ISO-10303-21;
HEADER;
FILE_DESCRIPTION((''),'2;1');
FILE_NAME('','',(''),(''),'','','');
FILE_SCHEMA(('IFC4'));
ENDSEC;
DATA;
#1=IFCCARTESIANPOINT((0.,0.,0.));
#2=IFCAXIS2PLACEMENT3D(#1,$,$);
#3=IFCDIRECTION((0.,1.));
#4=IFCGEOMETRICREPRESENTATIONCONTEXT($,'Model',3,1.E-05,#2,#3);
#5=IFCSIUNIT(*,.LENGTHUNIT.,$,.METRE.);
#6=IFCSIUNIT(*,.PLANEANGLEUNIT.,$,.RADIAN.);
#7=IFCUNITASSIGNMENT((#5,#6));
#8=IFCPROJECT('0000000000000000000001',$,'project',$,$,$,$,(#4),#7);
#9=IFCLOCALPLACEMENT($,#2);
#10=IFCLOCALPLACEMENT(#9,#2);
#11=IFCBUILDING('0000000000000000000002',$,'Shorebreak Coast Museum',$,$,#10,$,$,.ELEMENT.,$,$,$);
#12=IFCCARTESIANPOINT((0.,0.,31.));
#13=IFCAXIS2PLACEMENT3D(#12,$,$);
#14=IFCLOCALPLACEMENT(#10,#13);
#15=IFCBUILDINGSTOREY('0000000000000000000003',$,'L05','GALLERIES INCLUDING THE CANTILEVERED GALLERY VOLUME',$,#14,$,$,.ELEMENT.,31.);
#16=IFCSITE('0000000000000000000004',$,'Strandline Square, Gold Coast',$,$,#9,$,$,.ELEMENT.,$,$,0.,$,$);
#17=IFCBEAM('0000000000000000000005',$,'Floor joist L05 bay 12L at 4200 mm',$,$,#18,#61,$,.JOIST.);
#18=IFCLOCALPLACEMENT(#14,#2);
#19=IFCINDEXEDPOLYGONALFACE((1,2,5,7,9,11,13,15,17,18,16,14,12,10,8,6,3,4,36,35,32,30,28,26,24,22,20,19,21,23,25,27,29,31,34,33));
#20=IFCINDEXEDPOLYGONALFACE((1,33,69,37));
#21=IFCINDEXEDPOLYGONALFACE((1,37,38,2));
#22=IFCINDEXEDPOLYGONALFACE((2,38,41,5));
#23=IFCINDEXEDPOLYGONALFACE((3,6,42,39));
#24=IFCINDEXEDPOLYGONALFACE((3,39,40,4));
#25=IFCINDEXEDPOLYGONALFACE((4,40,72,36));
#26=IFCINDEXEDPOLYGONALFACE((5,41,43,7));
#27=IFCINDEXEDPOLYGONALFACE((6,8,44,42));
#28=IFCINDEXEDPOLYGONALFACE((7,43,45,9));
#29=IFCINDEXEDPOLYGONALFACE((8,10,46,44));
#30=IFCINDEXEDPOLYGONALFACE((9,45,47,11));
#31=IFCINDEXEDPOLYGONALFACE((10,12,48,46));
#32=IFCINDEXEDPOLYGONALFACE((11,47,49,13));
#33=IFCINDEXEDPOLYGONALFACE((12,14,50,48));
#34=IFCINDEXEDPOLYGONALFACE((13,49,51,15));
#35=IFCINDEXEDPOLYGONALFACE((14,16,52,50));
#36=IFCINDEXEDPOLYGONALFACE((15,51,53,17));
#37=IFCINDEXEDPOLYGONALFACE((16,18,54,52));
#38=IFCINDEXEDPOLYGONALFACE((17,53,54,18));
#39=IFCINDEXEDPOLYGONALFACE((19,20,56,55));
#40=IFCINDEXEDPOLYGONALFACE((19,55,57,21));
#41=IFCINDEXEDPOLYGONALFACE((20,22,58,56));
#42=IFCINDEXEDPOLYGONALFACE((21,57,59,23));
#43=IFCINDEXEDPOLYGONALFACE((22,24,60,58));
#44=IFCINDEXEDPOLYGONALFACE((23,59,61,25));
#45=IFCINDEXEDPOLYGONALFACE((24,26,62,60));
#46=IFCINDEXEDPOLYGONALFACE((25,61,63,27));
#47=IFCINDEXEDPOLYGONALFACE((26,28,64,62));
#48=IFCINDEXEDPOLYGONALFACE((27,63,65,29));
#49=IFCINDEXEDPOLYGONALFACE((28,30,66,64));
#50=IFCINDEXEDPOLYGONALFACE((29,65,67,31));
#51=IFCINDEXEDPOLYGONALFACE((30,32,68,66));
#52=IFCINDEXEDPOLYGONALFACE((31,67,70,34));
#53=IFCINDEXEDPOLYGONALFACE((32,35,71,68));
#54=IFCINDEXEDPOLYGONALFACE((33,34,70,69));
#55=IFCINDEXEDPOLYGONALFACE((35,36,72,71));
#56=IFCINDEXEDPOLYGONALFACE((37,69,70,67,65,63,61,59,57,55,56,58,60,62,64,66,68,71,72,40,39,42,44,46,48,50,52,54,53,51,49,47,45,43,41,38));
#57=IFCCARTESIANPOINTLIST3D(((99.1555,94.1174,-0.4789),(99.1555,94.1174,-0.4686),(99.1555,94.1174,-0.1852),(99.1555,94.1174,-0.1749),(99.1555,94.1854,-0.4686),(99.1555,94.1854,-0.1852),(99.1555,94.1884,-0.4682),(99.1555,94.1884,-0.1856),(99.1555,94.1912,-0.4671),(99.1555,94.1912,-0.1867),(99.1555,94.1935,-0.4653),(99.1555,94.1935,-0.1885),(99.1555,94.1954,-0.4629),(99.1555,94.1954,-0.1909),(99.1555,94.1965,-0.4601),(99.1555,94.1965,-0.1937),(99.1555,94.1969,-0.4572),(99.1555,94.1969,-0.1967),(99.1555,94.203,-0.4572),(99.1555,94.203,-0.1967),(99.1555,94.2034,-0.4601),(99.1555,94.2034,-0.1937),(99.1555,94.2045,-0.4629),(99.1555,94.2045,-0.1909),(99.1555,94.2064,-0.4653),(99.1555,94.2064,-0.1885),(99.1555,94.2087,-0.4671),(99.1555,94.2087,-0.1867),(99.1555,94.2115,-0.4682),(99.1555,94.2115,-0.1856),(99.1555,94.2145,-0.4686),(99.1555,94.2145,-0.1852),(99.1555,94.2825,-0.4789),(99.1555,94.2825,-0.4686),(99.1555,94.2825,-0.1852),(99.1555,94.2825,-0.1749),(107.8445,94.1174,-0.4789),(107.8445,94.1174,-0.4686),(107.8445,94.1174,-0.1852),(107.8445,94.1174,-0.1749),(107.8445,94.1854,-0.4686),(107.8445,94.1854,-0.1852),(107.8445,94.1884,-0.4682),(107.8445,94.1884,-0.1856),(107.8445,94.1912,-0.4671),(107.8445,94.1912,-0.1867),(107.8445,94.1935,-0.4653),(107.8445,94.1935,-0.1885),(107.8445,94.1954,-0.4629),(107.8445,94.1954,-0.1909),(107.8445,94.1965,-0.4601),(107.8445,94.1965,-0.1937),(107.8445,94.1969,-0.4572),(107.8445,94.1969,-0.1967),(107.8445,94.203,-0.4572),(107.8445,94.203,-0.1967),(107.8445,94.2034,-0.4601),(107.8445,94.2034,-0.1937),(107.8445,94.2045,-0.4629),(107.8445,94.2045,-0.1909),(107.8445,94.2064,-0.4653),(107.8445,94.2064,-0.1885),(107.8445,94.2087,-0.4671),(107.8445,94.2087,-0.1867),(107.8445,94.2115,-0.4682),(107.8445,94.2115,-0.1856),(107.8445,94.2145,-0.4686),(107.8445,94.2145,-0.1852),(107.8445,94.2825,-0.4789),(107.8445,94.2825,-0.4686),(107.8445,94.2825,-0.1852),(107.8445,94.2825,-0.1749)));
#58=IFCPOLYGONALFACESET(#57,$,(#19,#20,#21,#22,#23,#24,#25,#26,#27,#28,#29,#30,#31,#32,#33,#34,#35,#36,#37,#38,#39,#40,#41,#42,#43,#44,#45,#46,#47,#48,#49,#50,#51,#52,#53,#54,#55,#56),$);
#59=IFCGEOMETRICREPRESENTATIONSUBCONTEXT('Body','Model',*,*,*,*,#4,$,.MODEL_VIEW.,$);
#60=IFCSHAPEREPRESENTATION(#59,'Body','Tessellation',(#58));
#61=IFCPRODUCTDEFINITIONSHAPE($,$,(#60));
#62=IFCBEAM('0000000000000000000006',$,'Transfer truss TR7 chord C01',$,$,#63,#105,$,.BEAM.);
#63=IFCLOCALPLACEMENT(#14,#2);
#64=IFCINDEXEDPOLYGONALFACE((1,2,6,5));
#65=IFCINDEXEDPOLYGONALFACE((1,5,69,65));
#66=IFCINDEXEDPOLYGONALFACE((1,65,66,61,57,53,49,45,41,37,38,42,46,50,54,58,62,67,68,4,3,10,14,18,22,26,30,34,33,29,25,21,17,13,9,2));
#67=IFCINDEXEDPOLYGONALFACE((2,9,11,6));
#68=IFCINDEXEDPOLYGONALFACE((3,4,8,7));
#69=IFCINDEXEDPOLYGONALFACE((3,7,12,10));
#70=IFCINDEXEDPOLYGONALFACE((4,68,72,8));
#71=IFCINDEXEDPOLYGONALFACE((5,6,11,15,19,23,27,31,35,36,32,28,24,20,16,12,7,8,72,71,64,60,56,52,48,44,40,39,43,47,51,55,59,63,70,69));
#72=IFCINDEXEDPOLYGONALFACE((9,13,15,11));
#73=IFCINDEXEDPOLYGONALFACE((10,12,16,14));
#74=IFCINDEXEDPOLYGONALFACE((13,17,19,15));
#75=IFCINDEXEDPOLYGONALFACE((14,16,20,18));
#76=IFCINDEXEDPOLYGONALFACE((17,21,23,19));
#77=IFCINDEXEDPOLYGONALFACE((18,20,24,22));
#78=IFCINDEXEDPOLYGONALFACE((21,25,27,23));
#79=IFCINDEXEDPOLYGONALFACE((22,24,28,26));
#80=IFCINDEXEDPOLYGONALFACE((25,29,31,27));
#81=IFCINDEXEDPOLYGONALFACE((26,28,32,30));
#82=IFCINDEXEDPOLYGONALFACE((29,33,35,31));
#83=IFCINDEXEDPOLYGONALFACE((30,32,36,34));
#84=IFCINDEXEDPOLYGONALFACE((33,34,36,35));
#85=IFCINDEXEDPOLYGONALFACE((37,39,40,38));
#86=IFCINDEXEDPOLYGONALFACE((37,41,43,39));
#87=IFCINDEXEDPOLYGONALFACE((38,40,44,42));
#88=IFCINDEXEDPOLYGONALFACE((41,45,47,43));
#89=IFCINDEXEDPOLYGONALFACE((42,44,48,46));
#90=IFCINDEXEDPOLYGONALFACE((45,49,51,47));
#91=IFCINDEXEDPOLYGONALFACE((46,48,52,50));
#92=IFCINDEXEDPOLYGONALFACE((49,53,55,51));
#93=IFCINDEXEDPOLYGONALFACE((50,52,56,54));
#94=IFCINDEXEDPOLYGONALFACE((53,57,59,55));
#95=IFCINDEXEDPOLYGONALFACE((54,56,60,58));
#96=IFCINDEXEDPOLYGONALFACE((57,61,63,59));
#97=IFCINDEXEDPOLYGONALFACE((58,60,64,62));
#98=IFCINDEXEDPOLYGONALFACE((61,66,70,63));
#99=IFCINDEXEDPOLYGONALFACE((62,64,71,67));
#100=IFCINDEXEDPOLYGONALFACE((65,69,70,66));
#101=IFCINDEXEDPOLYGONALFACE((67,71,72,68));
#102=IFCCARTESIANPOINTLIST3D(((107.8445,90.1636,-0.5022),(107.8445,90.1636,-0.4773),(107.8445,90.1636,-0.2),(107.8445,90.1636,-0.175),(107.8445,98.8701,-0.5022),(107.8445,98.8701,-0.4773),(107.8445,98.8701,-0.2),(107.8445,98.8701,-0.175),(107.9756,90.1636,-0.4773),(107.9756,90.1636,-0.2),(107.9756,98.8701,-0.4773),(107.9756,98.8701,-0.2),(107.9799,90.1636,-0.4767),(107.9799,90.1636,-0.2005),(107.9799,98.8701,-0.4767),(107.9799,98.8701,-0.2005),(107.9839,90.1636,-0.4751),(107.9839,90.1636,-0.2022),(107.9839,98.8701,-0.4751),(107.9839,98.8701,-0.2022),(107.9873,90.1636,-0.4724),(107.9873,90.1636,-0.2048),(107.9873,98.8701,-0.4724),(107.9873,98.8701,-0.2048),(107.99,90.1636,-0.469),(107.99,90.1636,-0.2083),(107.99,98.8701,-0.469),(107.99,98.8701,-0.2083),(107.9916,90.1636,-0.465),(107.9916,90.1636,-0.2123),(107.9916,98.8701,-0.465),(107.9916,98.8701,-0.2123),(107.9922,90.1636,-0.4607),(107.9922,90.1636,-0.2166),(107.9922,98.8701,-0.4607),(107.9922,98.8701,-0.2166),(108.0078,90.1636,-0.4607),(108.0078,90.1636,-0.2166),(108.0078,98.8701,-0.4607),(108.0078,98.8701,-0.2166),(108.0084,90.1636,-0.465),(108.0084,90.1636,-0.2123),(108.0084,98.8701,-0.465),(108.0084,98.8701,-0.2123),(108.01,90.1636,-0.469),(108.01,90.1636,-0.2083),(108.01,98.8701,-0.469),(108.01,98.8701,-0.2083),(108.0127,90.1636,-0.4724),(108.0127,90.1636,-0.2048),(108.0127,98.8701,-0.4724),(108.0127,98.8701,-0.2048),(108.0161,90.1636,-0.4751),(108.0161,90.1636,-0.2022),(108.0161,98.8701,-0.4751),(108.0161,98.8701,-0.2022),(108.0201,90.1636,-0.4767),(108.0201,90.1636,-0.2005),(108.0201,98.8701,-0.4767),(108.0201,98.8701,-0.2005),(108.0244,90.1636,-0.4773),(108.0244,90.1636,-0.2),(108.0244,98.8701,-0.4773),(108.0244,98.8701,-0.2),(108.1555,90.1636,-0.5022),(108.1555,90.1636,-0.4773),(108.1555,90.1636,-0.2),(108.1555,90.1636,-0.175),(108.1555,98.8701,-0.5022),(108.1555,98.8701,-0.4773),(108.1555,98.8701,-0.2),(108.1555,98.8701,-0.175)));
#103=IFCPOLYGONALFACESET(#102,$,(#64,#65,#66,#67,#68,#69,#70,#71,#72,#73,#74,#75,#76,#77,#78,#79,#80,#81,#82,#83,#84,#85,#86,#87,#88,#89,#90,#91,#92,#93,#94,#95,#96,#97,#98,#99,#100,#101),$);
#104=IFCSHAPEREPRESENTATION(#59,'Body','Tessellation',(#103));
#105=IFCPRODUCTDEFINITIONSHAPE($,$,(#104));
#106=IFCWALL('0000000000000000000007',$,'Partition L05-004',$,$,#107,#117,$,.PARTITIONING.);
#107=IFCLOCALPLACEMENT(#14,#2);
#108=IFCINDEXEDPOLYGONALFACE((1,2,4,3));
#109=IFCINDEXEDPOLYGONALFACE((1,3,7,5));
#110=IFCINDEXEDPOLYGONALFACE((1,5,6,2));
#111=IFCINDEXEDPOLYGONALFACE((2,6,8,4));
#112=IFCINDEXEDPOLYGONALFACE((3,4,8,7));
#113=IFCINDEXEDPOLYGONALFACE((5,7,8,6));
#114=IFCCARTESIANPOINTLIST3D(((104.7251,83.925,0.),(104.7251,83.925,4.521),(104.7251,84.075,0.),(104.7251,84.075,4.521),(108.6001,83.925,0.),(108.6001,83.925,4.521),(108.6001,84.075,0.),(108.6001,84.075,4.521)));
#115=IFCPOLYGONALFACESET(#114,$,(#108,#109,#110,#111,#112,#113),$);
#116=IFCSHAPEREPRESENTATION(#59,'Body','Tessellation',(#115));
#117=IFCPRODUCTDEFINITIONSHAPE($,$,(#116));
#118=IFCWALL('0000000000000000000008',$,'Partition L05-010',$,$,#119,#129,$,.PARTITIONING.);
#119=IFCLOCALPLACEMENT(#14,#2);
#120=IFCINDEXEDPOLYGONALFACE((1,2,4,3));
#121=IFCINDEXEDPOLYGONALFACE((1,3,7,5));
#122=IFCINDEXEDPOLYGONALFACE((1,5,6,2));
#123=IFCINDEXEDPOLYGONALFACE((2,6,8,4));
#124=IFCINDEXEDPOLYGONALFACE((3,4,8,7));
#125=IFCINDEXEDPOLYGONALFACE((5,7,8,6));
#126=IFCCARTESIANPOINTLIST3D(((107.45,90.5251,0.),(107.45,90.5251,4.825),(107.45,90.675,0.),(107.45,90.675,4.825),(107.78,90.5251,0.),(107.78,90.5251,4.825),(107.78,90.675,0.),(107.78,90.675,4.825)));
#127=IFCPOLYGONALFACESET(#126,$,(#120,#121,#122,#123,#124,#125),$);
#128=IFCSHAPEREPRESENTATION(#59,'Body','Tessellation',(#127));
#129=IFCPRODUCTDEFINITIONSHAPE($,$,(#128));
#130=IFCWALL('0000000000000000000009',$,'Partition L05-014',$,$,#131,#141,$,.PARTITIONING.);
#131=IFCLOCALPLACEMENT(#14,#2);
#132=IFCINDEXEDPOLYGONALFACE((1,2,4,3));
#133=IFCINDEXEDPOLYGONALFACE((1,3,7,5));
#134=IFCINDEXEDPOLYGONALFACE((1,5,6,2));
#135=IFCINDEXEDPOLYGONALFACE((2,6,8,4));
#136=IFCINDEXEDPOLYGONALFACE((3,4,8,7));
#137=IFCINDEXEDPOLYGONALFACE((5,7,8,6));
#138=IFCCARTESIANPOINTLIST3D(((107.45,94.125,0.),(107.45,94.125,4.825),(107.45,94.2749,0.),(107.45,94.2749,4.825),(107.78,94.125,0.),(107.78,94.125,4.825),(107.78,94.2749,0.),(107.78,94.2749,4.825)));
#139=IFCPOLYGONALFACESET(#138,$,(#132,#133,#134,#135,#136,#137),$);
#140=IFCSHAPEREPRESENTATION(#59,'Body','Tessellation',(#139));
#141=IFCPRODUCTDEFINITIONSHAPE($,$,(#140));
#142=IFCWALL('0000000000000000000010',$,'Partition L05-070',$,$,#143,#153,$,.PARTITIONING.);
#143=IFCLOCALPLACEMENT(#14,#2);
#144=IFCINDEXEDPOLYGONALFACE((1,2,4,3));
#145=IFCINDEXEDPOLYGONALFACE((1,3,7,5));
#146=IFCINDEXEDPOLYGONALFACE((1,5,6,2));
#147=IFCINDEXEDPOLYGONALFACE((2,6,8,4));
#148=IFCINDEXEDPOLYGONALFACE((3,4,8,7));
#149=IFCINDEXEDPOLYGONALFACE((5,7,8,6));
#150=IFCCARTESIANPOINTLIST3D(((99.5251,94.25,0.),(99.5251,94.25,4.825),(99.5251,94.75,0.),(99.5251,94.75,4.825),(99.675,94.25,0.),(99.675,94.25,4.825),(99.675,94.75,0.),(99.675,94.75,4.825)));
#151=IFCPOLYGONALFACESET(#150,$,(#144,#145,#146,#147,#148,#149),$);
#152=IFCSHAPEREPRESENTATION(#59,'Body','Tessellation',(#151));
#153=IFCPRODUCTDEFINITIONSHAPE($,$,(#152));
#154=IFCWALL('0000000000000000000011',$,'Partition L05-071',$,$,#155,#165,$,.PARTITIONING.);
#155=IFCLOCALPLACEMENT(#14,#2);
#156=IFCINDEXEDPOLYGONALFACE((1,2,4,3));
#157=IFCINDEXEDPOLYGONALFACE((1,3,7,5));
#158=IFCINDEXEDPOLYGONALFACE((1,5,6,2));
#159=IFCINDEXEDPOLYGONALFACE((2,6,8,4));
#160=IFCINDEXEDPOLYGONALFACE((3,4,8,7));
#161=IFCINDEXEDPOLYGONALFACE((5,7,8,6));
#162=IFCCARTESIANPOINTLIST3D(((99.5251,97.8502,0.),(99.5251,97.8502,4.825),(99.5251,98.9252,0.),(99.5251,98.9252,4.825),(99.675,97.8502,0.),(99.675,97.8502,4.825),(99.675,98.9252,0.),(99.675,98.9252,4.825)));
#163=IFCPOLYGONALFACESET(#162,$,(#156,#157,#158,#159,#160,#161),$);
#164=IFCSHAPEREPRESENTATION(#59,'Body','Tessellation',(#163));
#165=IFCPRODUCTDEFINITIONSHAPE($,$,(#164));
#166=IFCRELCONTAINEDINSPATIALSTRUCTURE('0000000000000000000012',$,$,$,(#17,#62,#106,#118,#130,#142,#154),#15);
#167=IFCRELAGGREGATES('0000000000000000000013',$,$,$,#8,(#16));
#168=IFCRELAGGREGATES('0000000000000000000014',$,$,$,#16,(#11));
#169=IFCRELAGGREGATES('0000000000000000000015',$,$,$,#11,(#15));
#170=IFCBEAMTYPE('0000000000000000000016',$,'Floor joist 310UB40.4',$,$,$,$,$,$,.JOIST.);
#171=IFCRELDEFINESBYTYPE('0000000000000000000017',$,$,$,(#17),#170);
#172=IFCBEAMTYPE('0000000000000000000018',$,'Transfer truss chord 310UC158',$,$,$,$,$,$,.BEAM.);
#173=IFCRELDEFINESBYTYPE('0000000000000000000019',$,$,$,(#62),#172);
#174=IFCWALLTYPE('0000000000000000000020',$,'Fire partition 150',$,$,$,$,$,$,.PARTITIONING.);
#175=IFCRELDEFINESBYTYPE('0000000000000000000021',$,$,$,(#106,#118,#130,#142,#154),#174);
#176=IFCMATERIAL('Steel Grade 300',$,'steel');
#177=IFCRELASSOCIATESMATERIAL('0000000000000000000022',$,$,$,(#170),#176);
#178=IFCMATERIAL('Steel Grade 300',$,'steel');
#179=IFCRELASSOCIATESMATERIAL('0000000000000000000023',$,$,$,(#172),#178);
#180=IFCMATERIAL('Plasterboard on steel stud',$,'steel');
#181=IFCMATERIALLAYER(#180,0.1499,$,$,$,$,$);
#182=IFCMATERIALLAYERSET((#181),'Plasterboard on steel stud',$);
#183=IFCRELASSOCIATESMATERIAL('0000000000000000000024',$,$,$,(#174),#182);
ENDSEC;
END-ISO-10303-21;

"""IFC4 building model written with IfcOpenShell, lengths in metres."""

from ifc_helpers import new_model, si_unit, direction, frame, frame_2d, origin, origin_2d, place, context, subcontext, project, spatial, rectangle, i_section, extrude, material, layer, layer_set, material_profile, profile_set, type_object, element, save


model = new_model("IFC4")

# Units and contexts
model_context = context("Model", 3, precision=1e-05, world=origin(), true_north=direction((0.0, 1.0)))
body_context = subcontext(model_context, "Body", "Model", "MODEL_VIEW")
ifc_project = project(units=[si_unit("LENGTHUNIT", "METRE"), si_unit("PLANEANGLEUNIT", "RADIAN")], contexts=[model_context])

# Site, building, storey
site_placement = place(None, origin())
site = spatial("IfcSite", under=ifc_project, at=site_placement, Name="Strandline Square, Gold Coast", CompositionType="ELEMENT", RefElevation=0.0)
building_placement = place(site_placement, origin())
building = spatial("IfcBuilding", under=site, at=building_placement, Name="Shorebreak Coast Museum", CompositionType="ELEMENT")
storey_placement = place(building_placement, frame((0.0, 0.0, 31.0)))
storey = spatial("IfcBuildingStorey", under=building, at=storey_placement, Name="L05", Description="GALLERIES INCLUDING THE CANTILEVERED GALLERY VOLUME", CompositionType="ELEMENT", Elevation=31.0)

# Beams
ifc_material_1 = material(Name="Steel Grade 300", Category="steel")
ifc_material_profile_1 = material_profile(ifc_material_1, i_section(OverallWidth=0.165, OverallDepth=0.304, WebThickness=0.0061, FlangeThickness=0.0103, FilletRadius=0.0115, at=origin_2d()), Name="310UB40.4")
ifc_profile_set_1 = profile_set([ifc_material_profile_1], Name="Steel Grade 300")
beam_type_1 = type_object("IfcBeamType", Name="Floor joist 310UB40.4", PredefinedType="JOIST", material=ifc_profile_set_1)
beam_1_placement = place(storey_placement, frame((99.1555, 94.2, -0.3269), z_axis=(1.0, 0.0, 0.0), x_axis=(0.0, 1.0, 0.0)))
element("IfcBeam", 1, at=beam_1_placement, inside=storey, type_object=beam_type_1, Name="Floor joist L05 bay 12L at 4200 mm", PredefinedType="JOIST", context=body_context, shape_type="SweptSolid", body=[
    extrude(i_section(OverallWidth=0.165, OverallDepth=0.304, WebThickness=0.0061, FlangeThickness=0.0103, FilletRadius=0.0115, at=origin_2d()), origin(), (0.0, 0.0, 1.0), 8.689),
])
ifc_material_2 = material(Name="Steel Grade 300", Category="steel")
ifc_material_profile_2 = material_profile(ifc_material_2, i_section(OverallWidth=0.311, OverallDepth=0.3271, WebThickness=0.0156, FlangeThickness=0.0249, FilletRadius=0.0166, at=origin_2d()), Name="310UC158")
ifc_profile_set_2 = profile_set([ifc_material_profile_2], Name="Steel Grade 300")
beam_type_2 = type_object("IfcBeamType", Name="Transfer truss chord 310UC158", PredefinedType="BEAM", material=ifc_profile_set_2)
beam_2_placement = place(storey_placement, frame((108.0, 90.1636, -0.3386), z_axis=(0.0, 1.0, 0.0), x_axis=(-1.0, 0.0, 0.0)))
element("IfcBeam", 2, at=beam_2_placement, inside=storey, type_object=beam_type_2, Name="Transfer truss TR7 chord C01", PredefinedType="BEAM", context=body_context, shape_type="SweptSolid", body=[
    extrude(i_section(OverallWidth=0.311, OverallDepth=0.3271, WebThickness=0.0156, FlangeThickness=0.0249, FilletRadius=0.0166, at=origin_2d()), origin(), (0.0, 0.0, 1.0), 8.7065),
])

# Walls
ifc_material_3 = material(Name="Plasterboard on steel stud", Category="steel")
ifc_layer_1 = layer(ifc_material_3, 0.1499)
ifc_layer_set_1 = layer_set([ifc_layer_1], Name="Plasterboard on steel stud")
wall_type_1 = type_object("IfcWallType", Name="Fire partition 150", PredefinedType="PARTITIONING", material=ifc_layer_set_1)
wall_1_placement = place(storey_placement, frame((104.7251, 84.0, 0.0), z_axis=(0.0, 0.0, 1.0), x_axis=(1.0, 0.0, 0.0)))
element("IfcWall", 3, at=wall_1_placement, inside=storey, type_object=wall_type_1, Name="Partition L05-004", PredefinedType="PARTITIONING", context=body_context, shape_type="SweptSolid", body=[
    extrude(rectangle(XDim=3.875, YDim=0.1499, at=frame_2d((1.9375, 0.0))), origin(), (0.0, 0.0, 1.0), 4.521),
])
for number, where, z_axis, x_axis, name in (
    (4, (107.45, 90.6001, 0.0), (0.0, 0.0, 1.0), (1.0, 0.0, 0.0), "Partition L05-010"),
    (5, (107.45, 94.2, 0.0), (0.0, 0.0, 1.0), (1.0, 0.0, 0.0), "Partition L05-014"),
):
    element("IfcWall", number, at=place(storey_placement, frame(where, z_axis=z_axis, x_axis=x_axis)), inside=storey, type_object=wall_type_1, Name=name, PredefinedType="PARTITIONING", context=body_context, shape_type="SweptSolid", body=[
        extrude(rectangle(XDim=0.3301, YDim=0.1499, at=frame_2d((0.165, 0.0))), origin(), (0.0, 0.0, 1.0), 4.825),
    ])
wall_2_placement = place(storey_placement, frame((99.6001, 94.25, 0.0), z_axis=(0.0, 0.0, 1.0), x_axis=(0.0, 1.0, 0.0)))
element("IfcWall", 6, at=wall_2_placement, inside=storey, type_object=wall_type_1, Name="Partition L05-070", PredefinedType="PARTITIONING", context=body_context, shape_type="SweptSolid", body=[
    extrude(rectangle(XDim=0.5, YDim=0.1499, at=frame_2d((0.25, 0.0))), origin(), (0.0, 0.0, 1.0), 4.825),
])
wall_3_placement = place(storey_placement, frame((99.6001, 97.8501, 0.0), z_axis=(0.0, 0.0, 1.0), x_axis=(0.0, 1.0, 0.0)))
element("IfcWall", 7, at=wall_3_placement, inside=storey, type_object=wall_type_1, Name="Partition L05-071", PredefinedType="PARTITIONING", context=body_context, shape_type="SweptSolid", body=[
    extrude(rectangle(XDim=1.075, YDim=0.1499, at=frame_2d((0.5376, 0.0))), origin(), (0.0, 0.0, 1.0), 4.825),
])

save(model, "model.ifc")
